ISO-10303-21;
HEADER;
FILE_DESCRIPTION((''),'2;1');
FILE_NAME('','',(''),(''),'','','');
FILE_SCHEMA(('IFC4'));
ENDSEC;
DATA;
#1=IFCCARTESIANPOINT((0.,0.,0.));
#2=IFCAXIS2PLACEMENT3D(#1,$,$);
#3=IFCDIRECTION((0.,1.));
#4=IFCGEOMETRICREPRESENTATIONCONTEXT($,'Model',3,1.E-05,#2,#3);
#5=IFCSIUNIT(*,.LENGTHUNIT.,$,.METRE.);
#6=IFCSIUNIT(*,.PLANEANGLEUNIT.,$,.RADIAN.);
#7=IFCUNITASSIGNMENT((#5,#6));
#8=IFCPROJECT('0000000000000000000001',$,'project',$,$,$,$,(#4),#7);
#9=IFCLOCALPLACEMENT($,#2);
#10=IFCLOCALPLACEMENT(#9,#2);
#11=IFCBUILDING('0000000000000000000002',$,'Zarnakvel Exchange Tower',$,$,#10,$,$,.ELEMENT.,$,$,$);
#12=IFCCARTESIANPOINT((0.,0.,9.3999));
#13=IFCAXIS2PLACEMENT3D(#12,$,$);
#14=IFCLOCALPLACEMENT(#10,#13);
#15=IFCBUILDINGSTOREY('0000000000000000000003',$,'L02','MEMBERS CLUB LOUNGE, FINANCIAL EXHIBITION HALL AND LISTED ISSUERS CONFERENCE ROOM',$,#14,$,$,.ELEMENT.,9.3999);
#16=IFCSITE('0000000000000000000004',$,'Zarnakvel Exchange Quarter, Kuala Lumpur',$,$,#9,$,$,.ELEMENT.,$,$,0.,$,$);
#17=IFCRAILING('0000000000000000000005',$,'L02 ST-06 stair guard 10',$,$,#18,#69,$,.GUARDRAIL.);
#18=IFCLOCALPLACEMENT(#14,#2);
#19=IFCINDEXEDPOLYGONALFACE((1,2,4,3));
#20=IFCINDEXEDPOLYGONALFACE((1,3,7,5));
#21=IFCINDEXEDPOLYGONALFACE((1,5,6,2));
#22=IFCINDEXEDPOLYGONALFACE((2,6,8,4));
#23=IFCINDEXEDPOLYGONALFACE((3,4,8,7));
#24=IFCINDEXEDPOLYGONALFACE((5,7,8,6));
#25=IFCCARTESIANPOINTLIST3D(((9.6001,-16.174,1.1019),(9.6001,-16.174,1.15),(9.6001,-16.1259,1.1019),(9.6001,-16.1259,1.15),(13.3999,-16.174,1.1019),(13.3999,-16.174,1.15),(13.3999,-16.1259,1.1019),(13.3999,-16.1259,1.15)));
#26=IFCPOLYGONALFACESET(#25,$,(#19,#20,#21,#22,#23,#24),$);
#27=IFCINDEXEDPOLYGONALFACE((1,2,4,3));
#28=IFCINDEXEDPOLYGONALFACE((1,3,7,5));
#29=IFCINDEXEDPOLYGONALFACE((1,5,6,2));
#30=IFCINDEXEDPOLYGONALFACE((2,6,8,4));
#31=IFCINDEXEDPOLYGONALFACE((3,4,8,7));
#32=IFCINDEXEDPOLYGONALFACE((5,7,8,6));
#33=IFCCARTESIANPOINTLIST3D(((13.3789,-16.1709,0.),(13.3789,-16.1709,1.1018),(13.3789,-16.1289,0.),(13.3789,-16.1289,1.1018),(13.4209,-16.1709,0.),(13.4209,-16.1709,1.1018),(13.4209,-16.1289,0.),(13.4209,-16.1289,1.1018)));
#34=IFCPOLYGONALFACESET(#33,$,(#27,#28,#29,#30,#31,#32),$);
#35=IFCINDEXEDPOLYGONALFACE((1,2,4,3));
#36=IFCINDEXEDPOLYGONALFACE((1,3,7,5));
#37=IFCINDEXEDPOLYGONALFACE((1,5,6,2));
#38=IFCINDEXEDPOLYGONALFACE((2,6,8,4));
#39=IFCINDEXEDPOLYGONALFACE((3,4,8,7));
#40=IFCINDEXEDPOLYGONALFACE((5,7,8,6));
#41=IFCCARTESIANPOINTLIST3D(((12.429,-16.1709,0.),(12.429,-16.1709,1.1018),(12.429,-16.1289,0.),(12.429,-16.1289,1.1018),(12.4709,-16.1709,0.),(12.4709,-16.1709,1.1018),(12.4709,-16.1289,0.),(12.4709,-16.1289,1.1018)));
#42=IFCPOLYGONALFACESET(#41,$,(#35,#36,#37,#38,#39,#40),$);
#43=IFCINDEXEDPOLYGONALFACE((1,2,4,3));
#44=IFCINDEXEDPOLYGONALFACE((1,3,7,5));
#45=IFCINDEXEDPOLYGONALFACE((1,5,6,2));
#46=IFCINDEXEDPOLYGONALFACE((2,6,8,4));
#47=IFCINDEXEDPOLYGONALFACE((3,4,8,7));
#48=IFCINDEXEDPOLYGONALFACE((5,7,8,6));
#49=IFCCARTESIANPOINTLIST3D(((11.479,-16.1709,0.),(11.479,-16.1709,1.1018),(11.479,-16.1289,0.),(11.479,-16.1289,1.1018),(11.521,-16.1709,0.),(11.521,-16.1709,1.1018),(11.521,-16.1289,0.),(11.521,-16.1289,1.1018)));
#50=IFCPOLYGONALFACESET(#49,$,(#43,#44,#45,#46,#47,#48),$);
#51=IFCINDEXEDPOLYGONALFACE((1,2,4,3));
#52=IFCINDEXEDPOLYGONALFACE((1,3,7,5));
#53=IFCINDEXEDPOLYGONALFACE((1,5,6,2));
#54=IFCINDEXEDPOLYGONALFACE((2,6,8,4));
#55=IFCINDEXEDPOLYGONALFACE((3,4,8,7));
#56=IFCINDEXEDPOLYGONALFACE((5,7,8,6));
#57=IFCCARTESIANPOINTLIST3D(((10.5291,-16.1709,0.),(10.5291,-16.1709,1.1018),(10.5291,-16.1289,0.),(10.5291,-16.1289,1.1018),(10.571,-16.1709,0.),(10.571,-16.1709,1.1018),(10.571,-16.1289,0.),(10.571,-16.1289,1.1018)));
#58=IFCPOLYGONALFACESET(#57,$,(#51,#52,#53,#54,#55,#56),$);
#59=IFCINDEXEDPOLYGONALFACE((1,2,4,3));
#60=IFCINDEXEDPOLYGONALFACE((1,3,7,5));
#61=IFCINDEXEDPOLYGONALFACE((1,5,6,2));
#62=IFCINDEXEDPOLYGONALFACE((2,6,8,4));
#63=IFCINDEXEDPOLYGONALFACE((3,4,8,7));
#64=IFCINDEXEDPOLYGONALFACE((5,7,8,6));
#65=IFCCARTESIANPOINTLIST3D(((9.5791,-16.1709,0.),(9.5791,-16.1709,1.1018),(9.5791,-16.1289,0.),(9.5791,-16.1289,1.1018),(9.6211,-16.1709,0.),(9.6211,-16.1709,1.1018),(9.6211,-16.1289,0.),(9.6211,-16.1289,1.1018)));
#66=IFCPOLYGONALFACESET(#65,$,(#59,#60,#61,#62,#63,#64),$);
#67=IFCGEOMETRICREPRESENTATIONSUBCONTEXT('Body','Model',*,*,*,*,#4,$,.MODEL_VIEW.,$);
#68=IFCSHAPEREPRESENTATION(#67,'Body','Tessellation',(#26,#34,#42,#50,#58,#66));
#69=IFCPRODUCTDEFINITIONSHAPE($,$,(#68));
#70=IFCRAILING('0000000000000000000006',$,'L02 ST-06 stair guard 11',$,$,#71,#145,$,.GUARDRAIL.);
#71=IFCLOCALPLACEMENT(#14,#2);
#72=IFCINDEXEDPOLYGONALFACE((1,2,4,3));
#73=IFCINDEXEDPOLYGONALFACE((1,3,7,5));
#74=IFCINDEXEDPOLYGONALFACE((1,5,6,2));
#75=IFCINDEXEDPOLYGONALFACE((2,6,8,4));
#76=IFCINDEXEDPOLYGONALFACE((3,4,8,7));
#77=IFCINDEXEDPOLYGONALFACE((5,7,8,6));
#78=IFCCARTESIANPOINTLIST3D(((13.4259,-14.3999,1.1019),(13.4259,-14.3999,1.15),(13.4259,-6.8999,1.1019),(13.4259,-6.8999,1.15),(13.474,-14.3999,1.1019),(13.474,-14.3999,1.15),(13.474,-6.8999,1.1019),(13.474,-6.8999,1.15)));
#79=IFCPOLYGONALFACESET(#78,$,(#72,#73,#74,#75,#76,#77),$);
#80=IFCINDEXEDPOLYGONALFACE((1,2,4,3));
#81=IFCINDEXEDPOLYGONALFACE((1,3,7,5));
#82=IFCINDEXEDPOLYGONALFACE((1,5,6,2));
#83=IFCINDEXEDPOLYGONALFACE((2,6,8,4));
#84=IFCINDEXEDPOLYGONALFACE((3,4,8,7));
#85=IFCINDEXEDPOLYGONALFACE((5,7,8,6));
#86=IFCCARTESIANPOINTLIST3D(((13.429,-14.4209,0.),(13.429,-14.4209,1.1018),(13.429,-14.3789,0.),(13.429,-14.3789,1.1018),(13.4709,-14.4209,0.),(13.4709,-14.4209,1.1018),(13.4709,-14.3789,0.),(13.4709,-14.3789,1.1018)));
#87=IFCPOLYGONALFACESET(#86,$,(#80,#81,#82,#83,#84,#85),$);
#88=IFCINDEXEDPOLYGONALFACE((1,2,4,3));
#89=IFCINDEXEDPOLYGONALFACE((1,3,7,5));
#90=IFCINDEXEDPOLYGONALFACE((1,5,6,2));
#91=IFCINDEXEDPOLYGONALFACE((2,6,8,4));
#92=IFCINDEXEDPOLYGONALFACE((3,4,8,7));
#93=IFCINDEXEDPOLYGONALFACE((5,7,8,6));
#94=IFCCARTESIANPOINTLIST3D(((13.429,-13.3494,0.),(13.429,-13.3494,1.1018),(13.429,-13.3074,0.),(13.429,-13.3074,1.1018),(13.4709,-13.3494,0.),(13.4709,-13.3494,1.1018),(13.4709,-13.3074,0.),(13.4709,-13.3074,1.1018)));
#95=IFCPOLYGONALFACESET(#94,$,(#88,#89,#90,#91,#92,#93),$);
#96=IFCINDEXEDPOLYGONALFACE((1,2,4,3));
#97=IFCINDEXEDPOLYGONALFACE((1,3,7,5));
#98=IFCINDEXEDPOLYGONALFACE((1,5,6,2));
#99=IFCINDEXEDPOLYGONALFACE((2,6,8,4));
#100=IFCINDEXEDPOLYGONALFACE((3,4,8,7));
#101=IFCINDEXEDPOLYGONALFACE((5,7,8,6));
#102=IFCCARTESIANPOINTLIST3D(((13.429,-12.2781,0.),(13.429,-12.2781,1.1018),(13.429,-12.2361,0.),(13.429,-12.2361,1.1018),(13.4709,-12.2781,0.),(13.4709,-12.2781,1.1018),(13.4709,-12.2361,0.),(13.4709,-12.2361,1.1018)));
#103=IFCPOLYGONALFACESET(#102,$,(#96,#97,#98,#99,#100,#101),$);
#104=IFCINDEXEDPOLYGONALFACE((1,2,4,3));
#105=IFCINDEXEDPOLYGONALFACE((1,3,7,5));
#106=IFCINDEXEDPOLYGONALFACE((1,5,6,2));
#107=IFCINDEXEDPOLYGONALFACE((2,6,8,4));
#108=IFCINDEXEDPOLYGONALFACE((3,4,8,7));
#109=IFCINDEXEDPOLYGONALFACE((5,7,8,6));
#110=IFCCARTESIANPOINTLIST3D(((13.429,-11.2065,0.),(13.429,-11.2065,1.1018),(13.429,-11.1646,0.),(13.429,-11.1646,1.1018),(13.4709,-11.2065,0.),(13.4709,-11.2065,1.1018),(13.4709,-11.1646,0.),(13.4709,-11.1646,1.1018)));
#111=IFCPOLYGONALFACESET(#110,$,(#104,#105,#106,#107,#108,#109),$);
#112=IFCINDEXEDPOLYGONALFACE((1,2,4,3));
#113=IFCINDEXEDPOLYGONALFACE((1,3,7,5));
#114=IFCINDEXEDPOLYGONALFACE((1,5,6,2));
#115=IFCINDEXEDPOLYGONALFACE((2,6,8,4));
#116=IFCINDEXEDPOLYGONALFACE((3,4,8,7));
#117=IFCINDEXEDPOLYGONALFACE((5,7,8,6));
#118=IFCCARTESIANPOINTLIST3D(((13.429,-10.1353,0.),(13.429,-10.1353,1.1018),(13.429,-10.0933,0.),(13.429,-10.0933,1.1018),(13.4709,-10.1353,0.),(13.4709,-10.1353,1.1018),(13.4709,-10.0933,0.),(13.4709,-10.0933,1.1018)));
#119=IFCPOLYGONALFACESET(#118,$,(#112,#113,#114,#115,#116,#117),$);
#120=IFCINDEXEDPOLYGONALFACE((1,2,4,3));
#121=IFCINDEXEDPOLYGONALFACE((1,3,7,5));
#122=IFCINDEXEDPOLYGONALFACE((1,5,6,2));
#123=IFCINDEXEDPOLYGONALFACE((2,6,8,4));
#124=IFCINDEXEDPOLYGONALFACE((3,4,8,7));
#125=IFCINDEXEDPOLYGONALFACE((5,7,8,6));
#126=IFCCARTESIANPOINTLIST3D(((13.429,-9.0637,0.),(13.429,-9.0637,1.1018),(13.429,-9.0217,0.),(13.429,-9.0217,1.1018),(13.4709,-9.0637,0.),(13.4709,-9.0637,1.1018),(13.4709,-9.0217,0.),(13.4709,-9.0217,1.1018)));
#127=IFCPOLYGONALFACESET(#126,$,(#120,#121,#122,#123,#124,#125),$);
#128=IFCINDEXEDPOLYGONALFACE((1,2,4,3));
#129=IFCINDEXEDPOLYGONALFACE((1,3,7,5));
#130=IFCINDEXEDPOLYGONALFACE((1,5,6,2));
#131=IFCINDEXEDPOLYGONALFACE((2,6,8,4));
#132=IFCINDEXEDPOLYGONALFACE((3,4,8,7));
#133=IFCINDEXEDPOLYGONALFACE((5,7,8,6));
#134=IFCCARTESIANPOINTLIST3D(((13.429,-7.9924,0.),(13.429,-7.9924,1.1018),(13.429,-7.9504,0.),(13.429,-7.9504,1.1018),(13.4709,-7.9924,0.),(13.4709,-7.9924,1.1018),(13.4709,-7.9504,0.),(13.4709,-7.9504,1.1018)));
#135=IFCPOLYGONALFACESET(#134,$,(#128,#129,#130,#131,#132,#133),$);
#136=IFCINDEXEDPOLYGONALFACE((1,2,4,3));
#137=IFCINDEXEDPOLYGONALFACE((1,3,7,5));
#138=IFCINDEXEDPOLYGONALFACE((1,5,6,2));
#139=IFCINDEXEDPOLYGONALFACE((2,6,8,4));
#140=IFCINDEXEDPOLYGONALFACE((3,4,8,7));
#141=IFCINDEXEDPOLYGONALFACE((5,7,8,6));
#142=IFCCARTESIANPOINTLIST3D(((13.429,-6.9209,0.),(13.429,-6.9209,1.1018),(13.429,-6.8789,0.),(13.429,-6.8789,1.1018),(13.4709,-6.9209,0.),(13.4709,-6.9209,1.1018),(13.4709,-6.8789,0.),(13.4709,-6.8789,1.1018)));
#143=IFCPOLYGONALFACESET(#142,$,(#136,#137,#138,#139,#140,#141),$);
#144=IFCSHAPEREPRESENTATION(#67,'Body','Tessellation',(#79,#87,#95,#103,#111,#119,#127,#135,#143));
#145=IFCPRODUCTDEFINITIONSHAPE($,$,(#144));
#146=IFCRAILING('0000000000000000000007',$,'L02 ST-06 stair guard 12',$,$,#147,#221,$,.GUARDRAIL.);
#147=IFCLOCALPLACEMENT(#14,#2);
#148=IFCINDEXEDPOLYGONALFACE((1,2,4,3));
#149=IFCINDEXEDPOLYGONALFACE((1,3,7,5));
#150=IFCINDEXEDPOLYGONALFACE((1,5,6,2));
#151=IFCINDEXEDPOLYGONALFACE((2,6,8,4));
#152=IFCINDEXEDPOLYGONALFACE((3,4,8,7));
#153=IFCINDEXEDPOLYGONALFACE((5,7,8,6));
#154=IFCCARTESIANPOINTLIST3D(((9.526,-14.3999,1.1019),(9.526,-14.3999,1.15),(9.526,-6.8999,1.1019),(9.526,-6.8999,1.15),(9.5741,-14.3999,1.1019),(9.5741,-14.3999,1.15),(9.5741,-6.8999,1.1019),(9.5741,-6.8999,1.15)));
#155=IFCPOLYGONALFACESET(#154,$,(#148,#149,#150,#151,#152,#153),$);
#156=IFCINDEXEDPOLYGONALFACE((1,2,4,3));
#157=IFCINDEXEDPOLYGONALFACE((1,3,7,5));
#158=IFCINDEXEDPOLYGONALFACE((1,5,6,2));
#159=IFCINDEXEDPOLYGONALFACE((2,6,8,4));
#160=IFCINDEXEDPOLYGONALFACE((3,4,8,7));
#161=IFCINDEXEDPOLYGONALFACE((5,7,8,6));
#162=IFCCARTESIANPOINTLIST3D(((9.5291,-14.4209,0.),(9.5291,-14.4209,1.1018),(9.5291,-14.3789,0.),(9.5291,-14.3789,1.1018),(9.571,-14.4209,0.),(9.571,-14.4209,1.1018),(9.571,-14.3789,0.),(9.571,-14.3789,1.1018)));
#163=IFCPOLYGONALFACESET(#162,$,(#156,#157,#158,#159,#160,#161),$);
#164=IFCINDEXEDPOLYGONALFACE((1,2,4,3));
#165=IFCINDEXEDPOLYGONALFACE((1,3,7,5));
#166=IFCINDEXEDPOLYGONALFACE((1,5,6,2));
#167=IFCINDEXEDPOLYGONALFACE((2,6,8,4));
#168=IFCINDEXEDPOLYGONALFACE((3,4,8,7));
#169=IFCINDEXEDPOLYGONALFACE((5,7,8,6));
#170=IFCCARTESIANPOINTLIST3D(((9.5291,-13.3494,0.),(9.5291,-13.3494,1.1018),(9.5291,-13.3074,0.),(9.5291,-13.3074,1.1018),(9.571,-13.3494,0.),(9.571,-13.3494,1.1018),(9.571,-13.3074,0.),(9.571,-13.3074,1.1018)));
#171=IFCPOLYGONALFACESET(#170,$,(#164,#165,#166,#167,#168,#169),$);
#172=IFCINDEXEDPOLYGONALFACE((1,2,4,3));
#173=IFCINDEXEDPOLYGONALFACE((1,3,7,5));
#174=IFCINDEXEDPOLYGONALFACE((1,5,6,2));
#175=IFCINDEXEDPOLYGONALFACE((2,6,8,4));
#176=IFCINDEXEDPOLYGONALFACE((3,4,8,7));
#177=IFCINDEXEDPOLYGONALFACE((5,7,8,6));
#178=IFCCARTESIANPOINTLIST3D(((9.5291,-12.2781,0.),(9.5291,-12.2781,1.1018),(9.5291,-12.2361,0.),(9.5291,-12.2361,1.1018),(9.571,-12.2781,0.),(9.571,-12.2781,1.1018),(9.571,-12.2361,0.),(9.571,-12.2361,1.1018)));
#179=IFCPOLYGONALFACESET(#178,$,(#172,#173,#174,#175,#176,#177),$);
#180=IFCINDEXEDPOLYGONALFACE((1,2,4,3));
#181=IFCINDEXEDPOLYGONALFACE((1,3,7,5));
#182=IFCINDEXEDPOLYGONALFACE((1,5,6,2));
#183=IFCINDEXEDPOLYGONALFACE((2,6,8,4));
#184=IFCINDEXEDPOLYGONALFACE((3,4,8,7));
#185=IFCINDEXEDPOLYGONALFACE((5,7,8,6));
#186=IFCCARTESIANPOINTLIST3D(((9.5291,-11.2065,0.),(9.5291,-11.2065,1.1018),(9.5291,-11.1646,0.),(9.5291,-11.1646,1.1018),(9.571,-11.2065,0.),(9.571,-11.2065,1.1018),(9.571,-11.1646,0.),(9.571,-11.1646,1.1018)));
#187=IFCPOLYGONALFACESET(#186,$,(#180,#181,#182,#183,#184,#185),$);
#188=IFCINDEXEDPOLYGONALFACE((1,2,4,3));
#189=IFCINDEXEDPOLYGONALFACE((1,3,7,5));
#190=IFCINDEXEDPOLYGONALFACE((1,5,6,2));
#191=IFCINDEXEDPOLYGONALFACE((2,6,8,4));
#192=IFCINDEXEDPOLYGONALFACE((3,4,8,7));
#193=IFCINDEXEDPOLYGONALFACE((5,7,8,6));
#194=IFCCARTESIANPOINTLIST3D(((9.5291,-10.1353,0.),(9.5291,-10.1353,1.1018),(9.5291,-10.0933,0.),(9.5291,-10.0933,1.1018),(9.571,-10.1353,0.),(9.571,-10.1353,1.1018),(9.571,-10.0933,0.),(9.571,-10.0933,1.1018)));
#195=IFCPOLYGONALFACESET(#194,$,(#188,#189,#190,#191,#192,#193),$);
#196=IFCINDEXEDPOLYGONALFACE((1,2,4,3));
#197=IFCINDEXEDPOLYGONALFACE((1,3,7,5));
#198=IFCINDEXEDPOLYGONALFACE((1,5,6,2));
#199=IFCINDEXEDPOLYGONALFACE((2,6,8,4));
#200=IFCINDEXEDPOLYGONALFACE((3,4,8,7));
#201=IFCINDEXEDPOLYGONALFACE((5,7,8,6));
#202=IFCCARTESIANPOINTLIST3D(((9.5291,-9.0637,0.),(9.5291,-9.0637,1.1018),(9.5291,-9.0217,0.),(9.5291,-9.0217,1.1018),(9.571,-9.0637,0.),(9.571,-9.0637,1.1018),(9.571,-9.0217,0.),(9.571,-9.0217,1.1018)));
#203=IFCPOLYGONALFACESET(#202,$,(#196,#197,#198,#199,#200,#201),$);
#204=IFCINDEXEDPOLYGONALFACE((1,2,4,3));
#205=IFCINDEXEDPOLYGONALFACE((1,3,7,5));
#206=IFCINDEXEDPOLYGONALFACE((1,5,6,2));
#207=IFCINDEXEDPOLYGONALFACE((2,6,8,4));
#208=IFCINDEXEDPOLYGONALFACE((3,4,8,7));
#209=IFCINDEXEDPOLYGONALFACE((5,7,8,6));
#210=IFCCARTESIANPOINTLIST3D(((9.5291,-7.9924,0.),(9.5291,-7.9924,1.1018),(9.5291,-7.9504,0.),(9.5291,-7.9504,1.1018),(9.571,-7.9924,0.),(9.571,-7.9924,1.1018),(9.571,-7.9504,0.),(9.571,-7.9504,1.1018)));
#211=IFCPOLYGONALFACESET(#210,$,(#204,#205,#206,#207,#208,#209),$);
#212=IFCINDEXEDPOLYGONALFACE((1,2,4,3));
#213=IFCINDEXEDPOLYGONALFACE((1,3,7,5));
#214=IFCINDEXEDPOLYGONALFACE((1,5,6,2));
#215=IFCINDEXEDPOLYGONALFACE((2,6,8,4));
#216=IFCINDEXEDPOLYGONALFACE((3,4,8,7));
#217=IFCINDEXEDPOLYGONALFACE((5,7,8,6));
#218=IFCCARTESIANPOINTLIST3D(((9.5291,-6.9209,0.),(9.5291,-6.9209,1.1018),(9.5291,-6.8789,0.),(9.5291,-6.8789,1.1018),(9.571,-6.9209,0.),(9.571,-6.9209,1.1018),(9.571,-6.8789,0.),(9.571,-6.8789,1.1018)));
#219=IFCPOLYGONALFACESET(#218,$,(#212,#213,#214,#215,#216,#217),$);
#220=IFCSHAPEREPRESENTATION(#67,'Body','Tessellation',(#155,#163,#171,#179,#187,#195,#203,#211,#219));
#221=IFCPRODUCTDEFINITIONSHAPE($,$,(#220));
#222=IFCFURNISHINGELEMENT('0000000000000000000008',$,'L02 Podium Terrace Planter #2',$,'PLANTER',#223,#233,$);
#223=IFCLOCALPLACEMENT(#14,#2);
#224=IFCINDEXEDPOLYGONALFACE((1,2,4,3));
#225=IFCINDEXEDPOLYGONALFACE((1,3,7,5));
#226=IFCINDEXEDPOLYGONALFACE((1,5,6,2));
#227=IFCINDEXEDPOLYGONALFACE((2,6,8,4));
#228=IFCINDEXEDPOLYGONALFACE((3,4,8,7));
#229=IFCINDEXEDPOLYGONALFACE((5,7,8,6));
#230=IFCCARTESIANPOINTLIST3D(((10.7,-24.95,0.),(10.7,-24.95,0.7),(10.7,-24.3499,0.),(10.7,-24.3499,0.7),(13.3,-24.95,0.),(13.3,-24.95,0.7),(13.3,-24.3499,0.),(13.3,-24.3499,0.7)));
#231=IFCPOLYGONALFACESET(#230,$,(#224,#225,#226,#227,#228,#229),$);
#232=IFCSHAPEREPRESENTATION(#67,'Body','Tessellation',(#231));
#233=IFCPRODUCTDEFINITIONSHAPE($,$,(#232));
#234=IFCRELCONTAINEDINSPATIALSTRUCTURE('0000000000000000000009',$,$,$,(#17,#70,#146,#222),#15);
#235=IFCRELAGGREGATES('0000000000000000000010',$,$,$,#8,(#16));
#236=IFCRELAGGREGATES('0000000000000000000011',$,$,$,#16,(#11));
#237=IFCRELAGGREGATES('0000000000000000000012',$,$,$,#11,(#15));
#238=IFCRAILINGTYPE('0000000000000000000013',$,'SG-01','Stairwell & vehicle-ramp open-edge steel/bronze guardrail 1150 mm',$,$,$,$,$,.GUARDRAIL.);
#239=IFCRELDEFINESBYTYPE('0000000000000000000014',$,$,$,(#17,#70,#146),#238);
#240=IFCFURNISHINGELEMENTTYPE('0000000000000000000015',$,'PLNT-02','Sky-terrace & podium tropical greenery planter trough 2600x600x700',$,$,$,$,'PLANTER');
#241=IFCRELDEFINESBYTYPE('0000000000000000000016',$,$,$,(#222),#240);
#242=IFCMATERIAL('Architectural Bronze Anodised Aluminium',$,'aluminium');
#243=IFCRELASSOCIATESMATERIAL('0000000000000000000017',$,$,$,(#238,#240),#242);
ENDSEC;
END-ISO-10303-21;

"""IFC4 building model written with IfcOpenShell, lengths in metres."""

from ifc_helpers import new_model, si_unit, direction, frame, origin, origin_2d, place, context, subcontext, project, spatial, rectangle, extrude, source, transform, mapped, material, type_object, element, save


model = new_model("IFC4")

# Units and contexts
model_context = context("Model", 3, precision=1e-05, world=origin(), true_north=direction((0.0, 1.0)))
body_context = subcontext(model_context, "Body", "Model", "MODEL_VIEW")
ifc_project = project(units=[si_unit("LENGTHUNIT", "METRE"), si_unit("PLANEANGLEUNIT", "RADIAN")], contexts=[model_context])

# Site, building, storey
site_placement = place(None, origin())
site = spatial("IfcSite", under=ifc_project, at=site_placement, Name="Zarnakvel Exchange Quarter, Kuala Lumpur", CompositionType="ELEMENT", RefElevation=0.0)
building_placement = place(site_placement, origin())
building = spatial("IfcBuilding", under=site, at=building_placement, Name="Zarnakvel Exchange Tower", CompositionType="ELEMENT")
storey_placement = place(building_placement, frame((0.0, 0.0, 9.3999)))
storey = spatial("IfcBuildingStorey", under=building, at=storey_placement, Name="L02", Description="MEMBERS CLUB LOUNGE, FINANCIAL EXHIBITION HALL AND LISTED ISSUERS CONFERENCE ROOM", CompositionType="ELEMENT", Elevation=9.3999)

# Shared definitions
ifc_material_1 = material(Name="Architectural Bronze Anodised Aluminium", Category="aluminium")

# Railings
railing_type = type_object("IfcRailingType", Name="SG-01", Description="Stairwell & vehicle-ramp open-edge steel/bronze guardrail 1150 mm", PredefinedType="GUARDRAIL", material=ifc_material_1)
railing_1_placement = place(storey_placement, frame((13.3999, -16.1499, 0.0)))
element("IfcRailing", 1, at=railing_1_placement, inside=storey, type_object=railing_type, Name="L02 ST-06 stair guard 10", PredefinedType="GUARDRAIL", context=body_context, shape_type="SweptSolid", body=[
    extrude(rectangle(XDim=0.0481, YDim=0.0481, at=origin_2d()), frame((0.0, 0.0, 1.126), z_axis=(-1.0, 0.0, 0.0), x_axis=(0.0, -1.0, 0.0)), (0.0, 0.0, 1.0), 3.7998),
    extrude(rectangle(XDim=0.042, YDim=0.042, at=origin_2d()), origin(), (0.0, 0.0, 1.0), 1.1018),
    extrude(rectangle(XDim=0.042, YDim=0.042, at=origin_2d()), frame((-0.95, 0.0, 0.0)), (0.0, 0.0, 1.0), 1.1018),
    extrude(rectangle(XDim=0.042, YDim=0.042, at=origin_2d()), frame((-1.8999, 0.0, 0.0)), (0.0, 0.0, 1.0), 1.1018),
    extrude(rectangle(XDim=0.042, YDim=0.042, at=origin_2d()), frame((-2.8499, 0.0, 0.0)), (0.0, 0.0, 1.0), 1.1018),
    extrude(rectangle(XDim=0.042, YDim=0.042, at=origin_2d()), frame((-3.7998, 0.0, 0.0)), (0.0, 0.0, 1.0), 1.1018),
])
for number, where, name in (
    (2, (13.45, -14.3999, 0.0), "L02 ST-06 stair guard 11"),
    (3, (9.55, -14.3999, 0.0), "L02 ST-06 stair guard 12"),
):
    element("IfcRailing", number, at=place(storey_placement, frame(where)), inside=storey, type_object=railing_type, Name=name, PredefinedType="GUARDRAIL", context=body_context, shape_type="SweptSolid", body=[
        extrude(rectangle(XDim=0.0481, YDim=0.0481, at=origin_2d()), frame((0.0, 0.0, 1.126), z_axis=(0.0, 1.0, 0.0), x_axis=(-1.0, 0.0, 0.0)), (0.0, 0.0, 1.0), 7.5),
        extrude(rectangle(XDim=0.042, YDim=0.042, at=origin_2d()), origin(), (0.0, 0.0, 1.0), 1.1018),
        extrude(rectangle(XDim=0.042, YDim=0.042, at=origin_2d()), frame((0.0, 1.0715, 0.0)), (0.0, 0.0, 1.0), 1.1018),
        extrude(rectangle(XDim=0.042, YDim=0.042, at=origin_2d()), frame((0.0, 2.1428, 0.0)), (0.0, 0.0, 1.0), 1.1018),
        extrude(rectangle(XDim=0.042, YDim=0.042, at=origin_2d()), frame((0.0, 3.2144, 0.0)), (0.0, 0.0, 1.0), 1.1018),
        extrude(rectangle(XDim=0.042, YDim=0.042, at=origin_2d()), frame((0.0, 4.2856, 0.0)), (0.0, 0.0, 1.0), 1.1018),
        extrude(rectangle(XDim=0.042, YDim=0.042, at=origin_2d()), frame((0.0, 5.3572, 0.0)), (0.0, 0.0, 1.0), 1.1018),
        extrude(rectangle(XDim=0.042, YDim=0.042, at=origin_2d()), frame((0.0, 6.4285, 0.0)), (0.0, 0.0, 1.0), 1.1018),
        extrude(rectangle(XDim=0.042, YDim=0.042, at=origin_2d()), frame((0.0, 7.5, 0.0)), (0.0, 0.0, 1.0), 1.1018),
    ])

# Furnishing element
furnishing_element_type = type_object("IfcFurnishingElementType", Name="PLNT-02", Description="Sky-terrace & podium tropical greenery planter trough 2600x600x700", ElementType="PLANTER", material=ifc_material_1)
shared_shape_1 = source(origin(), body_context, "Body", "SweptSolid", [
    extrude(rectangle(XDim=2.6001, YDim=0.6001, at=origin_2d()), origin(), (0.0, 0.0, 1.0), 0.7),
])
furnishing_placement = place(storey_placement, frame((12.0, -24.6499, 0.0), z_axis=(0.0, 0.0, 1.0), x_axis=(1.0, 0.0, 0.0)))
element("IfcFurnishingElement", 4, at=furnishing_placement, inside=storey, type_object=furnishing_element_type, Name="L02 Podium Terrace Planter #2", ObjectType="PLANTER", context=body_context, shape_type="MappedRepresentation", body=[
    mapped(shared_shape_1, transform((0.0, 0.0, 0.0), x_axis=(1.0, 0.0, 0.0), y_axis=(0.0, 1.0, 0.0), z_axis=(0.0, 0.0, 1.0), scale=1.0)),
])

save(model, "model.ifc")
